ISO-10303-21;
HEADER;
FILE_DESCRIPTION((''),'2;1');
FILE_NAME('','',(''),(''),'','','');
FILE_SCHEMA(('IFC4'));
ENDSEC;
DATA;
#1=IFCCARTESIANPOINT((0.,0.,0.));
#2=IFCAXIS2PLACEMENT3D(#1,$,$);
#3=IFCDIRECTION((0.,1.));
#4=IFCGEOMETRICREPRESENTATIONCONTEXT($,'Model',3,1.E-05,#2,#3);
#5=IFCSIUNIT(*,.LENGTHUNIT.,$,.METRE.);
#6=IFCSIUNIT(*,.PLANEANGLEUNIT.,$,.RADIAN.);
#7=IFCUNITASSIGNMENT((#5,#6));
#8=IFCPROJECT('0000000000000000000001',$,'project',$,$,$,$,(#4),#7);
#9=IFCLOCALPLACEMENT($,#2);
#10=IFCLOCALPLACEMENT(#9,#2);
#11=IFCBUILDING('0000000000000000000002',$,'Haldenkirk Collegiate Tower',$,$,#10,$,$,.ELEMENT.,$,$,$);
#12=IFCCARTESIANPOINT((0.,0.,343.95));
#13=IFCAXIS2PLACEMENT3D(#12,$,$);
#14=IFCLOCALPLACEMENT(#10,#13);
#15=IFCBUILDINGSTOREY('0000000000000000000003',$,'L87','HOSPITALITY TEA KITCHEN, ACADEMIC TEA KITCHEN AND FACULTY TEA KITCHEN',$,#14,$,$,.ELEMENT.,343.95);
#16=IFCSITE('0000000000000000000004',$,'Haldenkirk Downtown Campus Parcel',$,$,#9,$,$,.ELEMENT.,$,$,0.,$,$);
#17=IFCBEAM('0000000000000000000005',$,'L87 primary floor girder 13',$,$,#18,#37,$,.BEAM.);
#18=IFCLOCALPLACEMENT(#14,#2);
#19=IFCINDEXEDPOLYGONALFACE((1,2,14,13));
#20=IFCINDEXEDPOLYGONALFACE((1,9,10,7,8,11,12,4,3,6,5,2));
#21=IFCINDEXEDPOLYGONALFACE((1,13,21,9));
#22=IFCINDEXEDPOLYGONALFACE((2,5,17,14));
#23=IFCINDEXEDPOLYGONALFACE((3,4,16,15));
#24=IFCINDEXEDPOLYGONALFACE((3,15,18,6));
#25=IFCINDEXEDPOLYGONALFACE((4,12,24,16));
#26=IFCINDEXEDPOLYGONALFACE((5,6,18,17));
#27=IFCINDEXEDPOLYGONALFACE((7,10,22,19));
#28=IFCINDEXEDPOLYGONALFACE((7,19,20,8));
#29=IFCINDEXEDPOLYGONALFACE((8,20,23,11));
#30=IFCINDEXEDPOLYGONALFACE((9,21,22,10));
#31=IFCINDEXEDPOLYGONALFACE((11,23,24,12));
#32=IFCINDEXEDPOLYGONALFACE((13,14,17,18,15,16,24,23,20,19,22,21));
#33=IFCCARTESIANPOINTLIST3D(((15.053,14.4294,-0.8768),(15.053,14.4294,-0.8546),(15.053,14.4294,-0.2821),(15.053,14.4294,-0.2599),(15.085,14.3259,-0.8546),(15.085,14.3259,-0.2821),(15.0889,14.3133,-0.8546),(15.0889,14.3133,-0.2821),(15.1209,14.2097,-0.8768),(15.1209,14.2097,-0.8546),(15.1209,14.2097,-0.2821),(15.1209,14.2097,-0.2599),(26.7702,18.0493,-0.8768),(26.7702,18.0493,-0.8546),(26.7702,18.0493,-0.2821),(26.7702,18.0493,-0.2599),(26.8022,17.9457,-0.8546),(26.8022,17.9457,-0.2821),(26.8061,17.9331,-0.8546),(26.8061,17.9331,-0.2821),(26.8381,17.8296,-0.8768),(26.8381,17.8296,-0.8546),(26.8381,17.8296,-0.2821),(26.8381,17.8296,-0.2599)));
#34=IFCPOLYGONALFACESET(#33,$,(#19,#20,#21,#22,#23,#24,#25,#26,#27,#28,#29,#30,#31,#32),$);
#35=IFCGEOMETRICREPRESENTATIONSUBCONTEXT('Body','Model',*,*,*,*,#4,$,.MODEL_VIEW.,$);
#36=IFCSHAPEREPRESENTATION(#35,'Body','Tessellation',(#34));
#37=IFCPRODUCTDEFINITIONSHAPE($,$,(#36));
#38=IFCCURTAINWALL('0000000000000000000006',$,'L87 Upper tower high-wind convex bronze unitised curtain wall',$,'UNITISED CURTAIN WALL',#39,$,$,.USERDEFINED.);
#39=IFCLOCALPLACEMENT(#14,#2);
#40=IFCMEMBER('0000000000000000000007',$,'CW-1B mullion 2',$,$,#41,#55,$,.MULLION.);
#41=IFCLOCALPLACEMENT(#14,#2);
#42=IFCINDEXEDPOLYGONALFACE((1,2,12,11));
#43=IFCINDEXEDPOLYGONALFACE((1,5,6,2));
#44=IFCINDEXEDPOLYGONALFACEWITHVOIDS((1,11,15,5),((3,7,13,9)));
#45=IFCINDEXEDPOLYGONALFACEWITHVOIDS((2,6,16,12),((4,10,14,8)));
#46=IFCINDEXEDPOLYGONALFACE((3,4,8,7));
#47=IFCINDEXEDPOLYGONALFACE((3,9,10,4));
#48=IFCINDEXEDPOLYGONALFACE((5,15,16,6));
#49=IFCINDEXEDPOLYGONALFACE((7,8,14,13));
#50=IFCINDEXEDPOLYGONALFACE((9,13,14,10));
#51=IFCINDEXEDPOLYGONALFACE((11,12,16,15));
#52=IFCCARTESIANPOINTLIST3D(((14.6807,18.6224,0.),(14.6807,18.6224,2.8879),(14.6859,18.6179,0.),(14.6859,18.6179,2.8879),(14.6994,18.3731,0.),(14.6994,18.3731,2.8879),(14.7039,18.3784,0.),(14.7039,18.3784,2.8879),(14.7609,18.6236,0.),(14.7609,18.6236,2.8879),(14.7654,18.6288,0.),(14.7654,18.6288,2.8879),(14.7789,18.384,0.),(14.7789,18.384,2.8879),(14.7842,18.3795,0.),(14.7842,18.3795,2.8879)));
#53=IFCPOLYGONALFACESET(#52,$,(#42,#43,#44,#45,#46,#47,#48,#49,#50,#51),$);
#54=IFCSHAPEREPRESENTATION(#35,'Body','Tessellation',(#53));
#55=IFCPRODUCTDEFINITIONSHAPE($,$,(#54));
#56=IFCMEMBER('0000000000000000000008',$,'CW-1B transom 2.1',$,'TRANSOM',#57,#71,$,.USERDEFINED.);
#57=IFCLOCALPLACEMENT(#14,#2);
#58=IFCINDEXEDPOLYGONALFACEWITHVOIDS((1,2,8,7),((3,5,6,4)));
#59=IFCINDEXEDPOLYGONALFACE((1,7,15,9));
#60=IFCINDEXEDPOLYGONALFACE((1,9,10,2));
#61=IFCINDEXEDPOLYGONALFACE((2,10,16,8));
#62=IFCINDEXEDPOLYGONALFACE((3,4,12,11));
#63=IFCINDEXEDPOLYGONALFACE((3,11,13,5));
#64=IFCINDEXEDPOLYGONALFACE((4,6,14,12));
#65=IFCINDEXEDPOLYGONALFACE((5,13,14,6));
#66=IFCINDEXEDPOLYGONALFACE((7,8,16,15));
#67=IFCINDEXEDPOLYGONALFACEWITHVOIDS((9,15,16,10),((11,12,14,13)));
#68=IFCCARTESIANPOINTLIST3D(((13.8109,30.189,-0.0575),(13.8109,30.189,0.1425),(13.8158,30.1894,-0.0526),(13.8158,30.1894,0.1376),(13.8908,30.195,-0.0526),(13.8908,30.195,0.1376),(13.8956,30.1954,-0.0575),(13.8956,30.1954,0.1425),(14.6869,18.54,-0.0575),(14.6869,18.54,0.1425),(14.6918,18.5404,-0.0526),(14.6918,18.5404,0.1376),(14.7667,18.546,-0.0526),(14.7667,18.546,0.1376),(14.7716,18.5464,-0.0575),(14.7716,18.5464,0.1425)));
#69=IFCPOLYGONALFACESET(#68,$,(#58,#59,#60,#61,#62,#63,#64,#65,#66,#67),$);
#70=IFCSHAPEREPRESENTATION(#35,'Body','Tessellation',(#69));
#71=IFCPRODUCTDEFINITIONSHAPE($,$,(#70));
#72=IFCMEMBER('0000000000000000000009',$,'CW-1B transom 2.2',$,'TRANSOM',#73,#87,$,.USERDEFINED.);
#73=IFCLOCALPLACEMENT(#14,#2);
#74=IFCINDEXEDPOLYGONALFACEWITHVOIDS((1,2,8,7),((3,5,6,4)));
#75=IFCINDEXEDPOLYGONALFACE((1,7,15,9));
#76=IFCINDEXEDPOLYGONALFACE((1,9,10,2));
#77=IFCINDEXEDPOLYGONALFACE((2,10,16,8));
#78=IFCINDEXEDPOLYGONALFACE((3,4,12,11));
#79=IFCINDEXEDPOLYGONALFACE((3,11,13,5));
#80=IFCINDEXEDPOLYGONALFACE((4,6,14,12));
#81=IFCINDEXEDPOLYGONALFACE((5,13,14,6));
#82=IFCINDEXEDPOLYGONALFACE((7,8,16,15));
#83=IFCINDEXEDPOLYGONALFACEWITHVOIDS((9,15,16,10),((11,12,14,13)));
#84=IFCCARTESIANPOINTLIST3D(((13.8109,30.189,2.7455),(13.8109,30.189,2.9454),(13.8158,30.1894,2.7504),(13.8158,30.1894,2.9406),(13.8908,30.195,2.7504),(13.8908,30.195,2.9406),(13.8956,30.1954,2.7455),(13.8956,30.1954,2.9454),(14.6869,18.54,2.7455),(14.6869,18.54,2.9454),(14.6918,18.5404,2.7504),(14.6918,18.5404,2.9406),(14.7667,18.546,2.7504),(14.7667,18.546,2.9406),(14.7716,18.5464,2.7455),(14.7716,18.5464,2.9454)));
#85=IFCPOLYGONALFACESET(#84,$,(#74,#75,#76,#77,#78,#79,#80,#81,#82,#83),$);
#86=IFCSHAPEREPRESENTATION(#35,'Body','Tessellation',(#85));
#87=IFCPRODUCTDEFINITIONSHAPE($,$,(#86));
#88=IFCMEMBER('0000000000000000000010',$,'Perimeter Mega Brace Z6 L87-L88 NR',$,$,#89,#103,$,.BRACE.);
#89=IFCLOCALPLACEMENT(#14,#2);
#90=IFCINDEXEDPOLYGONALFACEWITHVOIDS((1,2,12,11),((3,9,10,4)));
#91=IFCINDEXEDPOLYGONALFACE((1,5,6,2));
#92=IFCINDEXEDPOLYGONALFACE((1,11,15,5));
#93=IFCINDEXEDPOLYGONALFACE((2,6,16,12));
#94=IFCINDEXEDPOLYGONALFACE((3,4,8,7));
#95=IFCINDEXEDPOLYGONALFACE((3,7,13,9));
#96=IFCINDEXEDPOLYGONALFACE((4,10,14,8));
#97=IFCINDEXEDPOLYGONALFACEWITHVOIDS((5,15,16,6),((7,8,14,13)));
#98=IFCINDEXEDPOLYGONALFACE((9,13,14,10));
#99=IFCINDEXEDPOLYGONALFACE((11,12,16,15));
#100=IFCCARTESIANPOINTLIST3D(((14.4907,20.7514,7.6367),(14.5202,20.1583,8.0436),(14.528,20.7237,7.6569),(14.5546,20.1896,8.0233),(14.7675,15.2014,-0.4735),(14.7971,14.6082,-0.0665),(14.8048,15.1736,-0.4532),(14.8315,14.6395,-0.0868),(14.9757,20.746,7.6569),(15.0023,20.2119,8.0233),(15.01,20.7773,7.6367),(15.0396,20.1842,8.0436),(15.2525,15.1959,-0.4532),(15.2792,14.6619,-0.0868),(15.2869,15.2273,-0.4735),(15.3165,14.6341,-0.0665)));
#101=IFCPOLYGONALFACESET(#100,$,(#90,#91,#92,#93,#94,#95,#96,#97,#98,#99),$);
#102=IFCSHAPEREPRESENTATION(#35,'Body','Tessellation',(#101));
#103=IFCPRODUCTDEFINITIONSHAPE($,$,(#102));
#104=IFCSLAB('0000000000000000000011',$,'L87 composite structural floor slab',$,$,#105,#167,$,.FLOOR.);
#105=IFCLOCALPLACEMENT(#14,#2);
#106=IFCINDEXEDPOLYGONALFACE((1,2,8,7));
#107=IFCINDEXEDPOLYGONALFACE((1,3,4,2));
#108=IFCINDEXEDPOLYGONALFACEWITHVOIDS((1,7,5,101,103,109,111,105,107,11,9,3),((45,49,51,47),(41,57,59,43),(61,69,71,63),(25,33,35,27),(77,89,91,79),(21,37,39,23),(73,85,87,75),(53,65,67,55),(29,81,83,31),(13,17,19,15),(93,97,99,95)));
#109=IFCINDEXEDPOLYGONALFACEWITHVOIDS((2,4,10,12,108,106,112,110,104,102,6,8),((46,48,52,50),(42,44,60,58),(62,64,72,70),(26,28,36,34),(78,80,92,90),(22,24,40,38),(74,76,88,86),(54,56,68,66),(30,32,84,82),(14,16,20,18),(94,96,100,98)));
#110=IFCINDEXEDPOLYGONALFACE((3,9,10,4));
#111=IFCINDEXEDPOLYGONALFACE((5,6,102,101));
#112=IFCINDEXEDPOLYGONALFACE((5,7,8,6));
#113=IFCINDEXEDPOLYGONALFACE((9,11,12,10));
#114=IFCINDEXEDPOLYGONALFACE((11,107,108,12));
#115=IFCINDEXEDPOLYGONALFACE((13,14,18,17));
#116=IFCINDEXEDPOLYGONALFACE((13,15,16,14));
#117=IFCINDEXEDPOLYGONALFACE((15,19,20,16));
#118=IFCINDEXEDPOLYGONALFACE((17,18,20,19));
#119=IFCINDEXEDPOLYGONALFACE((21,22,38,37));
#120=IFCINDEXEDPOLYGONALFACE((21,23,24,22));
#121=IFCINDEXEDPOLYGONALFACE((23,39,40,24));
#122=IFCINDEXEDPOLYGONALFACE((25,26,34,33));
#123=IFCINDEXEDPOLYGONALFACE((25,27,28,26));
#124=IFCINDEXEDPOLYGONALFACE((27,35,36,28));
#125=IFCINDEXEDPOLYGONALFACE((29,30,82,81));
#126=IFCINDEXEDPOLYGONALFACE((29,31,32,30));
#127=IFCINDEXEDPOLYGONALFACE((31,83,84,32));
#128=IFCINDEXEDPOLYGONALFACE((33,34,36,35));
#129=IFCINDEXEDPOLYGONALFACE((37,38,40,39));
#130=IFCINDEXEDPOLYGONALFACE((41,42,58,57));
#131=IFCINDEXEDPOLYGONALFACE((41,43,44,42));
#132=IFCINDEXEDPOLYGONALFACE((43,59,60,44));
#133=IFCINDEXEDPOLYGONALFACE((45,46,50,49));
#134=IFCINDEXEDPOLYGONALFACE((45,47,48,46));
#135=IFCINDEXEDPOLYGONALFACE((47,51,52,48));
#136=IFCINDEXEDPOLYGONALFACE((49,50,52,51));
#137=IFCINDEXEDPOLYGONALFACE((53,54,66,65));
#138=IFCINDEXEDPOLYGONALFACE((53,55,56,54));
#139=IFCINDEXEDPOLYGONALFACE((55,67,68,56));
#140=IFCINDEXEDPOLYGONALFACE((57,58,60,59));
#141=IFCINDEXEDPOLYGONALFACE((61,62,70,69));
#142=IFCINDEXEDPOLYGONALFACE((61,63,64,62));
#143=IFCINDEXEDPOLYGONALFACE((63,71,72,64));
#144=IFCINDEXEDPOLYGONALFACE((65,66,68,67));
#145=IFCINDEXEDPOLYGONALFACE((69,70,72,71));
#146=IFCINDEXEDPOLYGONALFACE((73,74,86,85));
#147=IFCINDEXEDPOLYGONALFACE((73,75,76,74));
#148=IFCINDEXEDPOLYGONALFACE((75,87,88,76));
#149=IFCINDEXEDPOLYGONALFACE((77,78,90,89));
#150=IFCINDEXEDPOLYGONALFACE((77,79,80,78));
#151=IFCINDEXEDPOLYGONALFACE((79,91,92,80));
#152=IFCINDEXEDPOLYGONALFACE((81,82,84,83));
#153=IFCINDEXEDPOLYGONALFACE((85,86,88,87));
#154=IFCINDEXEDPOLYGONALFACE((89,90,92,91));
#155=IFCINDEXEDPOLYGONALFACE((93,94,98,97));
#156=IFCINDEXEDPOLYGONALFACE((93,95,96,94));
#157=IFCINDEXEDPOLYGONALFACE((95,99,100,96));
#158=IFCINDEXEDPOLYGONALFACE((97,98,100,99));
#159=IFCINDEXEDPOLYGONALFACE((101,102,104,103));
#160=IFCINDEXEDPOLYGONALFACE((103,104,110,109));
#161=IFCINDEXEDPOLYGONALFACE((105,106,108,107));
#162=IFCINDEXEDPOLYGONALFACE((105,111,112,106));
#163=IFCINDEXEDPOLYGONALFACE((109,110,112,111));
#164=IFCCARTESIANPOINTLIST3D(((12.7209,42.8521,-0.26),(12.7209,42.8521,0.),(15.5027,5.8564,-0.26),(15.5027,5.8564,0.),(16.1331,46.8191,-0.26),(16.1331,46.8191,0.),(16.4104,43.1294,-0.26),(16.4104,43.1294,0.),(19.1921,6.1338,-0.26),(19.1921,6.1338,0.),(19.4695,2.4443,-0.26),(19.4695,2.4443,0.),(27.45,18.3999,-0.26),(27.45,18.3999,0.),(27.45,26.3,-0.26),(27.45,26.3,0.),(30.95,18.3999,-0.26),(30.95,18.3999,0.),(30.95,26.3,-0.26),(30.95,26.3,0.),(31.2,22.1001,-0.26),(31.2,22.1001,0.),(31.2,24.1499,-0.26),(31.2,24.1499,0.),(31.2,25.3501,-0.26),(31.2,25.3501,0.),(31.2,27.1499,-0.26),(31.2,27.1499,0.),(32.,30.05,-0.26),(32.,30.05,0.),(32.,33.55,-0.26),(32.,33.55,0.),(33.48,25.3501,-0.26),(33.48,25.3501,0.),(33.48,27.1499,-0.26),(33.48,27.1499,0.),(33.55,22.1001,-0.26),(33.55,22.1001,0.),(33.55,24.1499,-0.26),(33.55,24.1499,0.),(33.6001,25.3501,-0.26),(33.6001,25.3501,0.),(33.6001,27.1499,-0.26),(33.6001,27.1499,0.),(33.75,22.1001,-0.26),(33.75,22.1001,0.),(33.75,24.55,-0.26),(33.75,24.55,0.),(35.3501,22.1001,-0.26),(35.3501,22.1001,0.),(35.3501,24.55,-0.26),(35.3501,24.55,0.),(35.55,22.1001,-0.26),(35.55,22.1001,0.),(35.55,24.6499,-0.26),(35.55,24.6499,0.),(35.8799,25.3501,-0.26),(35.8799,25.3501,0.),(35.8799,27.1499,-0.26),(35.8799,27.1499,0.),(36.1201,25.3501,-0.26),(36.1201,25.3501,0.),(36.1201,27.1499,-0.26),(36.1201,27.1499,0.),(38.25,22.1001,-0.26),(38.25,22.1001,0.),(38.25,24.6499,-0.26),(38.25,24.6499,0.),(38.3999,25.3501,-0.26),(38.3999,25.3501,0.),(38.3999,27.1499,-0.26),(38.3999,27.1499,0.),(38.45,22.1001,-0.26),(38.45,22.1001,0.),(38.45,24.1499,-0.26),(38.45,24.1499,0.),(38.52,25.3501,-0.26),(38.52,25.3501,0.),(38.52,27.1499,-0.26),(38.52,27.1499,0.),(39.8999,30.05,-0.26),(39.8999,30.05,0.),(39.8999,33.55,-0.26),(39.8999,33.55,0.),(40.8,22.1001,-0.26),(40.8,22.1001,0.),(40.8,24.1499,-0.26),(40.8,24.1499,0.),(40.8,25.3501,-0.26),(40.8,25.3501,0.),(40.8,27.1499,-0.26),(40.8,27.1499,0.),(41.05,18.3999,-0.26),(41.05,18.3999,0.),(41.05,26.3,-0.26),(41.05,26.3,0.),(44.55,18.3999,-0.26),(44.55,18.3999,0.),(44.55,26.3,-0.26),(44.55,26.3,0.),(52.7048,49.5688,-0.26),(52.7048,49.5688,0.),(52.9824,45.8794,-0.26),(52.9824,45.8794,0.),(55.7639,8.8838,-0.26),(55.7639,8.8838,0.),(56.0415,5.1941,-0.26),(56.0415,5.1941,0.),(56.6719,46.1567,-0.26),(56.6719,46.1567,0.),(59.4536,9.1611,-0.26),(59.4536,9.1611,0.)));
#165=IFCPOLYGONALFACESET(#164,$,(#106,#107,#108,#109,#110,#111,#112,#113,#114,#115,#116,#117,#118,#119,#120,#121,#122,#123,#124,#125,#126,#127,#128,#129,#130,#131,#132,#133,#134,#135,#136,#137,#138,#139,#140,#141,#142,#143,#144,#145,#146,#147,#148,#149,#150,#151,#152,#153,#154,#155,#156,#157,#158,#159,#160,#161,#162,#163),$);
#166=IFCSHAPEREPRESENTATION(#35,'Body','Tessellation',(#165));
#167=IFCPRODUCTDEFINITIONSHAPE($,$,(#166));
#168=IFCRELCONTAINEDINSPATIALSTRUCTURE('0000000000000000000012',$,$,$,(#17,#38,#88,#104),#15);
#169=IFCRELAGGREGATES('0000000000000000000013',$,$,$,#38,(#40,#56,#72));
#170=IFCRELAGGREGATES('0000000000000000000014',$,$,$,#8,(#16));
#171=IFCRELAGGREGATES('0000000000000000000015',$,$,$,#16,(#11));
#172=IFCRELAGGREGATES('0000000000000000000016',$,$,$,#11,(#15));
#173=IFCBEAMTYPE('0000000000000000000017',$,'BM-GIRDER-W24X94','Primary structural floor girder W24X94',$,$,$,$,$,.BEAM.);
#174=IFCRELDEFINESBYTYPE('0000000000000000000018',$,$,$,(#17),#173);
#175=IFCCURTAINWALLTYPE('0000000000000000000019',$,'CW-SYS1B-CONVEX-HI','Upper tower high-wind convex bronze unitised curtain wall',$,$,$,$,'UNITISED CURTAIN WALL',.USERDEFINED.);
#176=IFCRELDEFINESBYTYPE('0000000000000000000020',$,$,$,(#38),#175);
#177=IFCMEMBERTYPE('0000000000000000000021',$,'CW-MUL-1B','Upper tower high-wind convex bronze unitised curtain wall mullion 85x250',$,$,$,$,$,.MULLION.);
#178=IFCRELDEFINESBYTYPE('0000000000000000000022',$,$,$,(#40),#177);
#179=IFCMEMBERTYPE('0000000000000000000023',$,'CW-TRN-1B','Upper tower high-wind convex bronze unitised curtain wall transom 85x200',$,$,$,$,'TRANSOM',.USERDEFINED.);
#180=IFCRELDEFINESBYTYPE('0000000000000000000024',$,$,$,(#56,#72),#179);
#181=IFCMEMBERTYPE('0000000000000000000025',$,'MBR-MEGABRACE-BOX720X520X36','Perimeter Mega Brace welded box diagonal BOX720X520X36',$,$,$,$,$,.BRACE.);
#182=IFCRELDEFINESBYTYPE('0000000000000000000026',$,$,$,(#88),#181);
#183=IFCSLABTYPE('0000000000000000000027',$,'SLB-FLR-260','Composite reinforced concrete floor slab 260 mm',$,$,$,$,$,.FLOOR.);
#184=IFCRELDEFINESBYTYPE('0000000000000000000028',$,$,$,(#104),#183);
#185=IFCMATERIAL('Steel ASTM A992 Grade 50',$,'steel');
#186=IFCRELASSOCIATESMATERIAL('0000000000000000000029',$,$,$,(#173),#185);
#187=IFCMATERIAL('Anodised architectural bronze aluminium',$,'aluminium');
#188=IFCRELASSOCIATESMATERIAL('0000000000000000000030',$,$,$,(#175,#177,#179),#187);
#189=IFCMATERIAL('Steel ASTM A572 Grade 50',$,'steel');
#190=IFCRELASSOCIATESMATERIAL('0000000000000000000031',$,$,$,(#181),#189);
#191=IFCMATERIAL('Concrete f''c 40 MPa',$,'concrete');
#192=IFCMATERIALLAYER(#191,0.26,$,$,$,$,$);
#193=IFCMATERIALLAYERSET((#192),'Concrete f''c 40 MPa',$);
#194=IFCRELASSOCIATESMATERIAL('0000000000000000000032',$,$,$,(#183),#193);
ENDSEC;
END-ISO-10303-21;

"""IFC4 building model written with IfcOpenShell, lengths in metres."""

from ifc_helpers import new_model, si_unit, direction, frame, origin, origin_2d, place, context, subcontext, project, spatial, polyline, hollow_rectangle, i_section, outline, extrude, material, layer, layer_set, material_profile, profile_set, type_object, element, aggregate, save


model = new_model("IFC4")

# Units and contexts
model_context = context("Model", 3, precision=1e-05, world=origin(), true_north=direction((0.0, 1.0)))
body_context = subcontext(model_context, "Body", "Model", "MODEL_VIEW")
ifc_project = project(units=[si_unit("LENGTHUNIT", "METRE"), si_unit("PLANEANGLEUNIT", "RADIAN")], contexts=[model_context])

# Site, building, storey
site_placement = place(None, origin())
site = spatial("IfcSite", under=ifc_project, at=site_placement, Name="Haldenkirk Downtown Campus Parcel", CompositionType="ELEMENT", RefElevation=0.0)
building_placement = place(site_placement, origin())
building = spatial("IfcBuilding", under=site, at=building_placement, Name="Haldenkirk Collegiate Tower", CompositionType="ELEMENT")
storey_placement = place(building_placement, frame((0.0, 0.0, 343.95)))
storey = spatial("IfcBuildingStorey", under=building, at=storey_placement, Name="L87", Description="HOSPITALITY TEA KITCHEN, ACADEMIC TEA KITCHEN AND FACULTY TEA KITCHEN", CompositionType="ELEMENT", Elevation=343.95)

# Beam
ifc_material_1 = material(Name="Steel ASTM A992 Grade 50", Category="steel")
ifc_material_profile_1 = material_profile(ifc_material_1, i_section(OverallWidth=0.23, OverallDepth=0.6169, WebThickness=0.0132, FlangeThickness=0.0222, at=origin_2d()), Name="W24X94")
ifc_profile_set_1 = profile_set([ifc_material_profile_1], Name="Steel ASTM A992 Grade 50")
beam_type = type_object("IfcBeamType", Name="BM-GIRDER-W24X94", Description="Primary structural floor girder W24X94", PredefinedType="BEAM", material=ifc_profile_set_1)
beam_placement = place(storey_placement, frame((15.0869, 14.3196, -0.5684), z_axis=(0.955445, 0.29517, 0.0), x_axis=(-0.29517, 0.955445, 0.0)))
element("IfcBeam", 1, at=beam_placement, inside=storey, type_object=beam_type, Name="L87 primary floor girder 13", PredefinedType="BEAM", context=body_context, shape_type="SweptSolid", body=[
    extrude(i_section(OverallWidth=0.23, OverallDepth=0.6169, WebThickness=0.0132, FlangeThickness=0.0222, at=origin_2d()), origin(), (0.0, 0.0, 1.0), 12.2637),
])

# Curtain wall, members
ifc_material_2 = material(Name="Anodised architectural bronze aluminium", Category="aluminium")
curtain_wall_type = type_object("IfcCurtainWallType", Name="CW-SYS1B-CONVEX-HI", Description="Upper tower high-wind convex bronze unitised curtain wall", ElementType="UNITISED CURTAIN WALL", PredefinedType="USERDEFINED", material=ifc_material_2)
curtain_wall_placement = place(storey_placement, origin())
curtain_wall = element("IfcCurtainWall", 2, at=curtain_wall_placement, inside=storey, type_object=curtain_wall_type, Name="L87 Upper tower high-wind convex bronze unitised curtain wall", ObjectType="UNITISED CURTAIN WALL", PredefinedType="USERDEFINED")
ifc_material_profile_2 = material_profile(ifc_material_2, hollow_rectangle(XDim=0.085, YDim=0.25, WallThickness=0.0049, at=origin_2d()), Name="CW-MUL-1B")
ifc_profile_set_2 = profile_set([ifc_material_profile_2], Name="Anodised architectural bronze aluminium")
member_type_1 = type_object("IfcMemberType", Name="CW-MUL-1B", Description="Upper tower high-wind convex bronze unitised curtain wall mullion 85x250", PredefinedType="MULLION", material=ifc_profile_set_2)
member_1_placement = place(storey_placement, frame((14.7324, 18.501, 0.0), z_axis=(0.0, 0.0, 1.0), x_axis=(-0.997185, -0.074977, 0.0)))
member_1 = element("IfcMember", 3, at=member_1_placement, type_object=member_type_1, Name="CW-1B mullion 2", PredefinedType="MULLION", context=body_context, shape_type="SweptSolid", body=[
    extrude(hollow_rectangle(XDim=0.085, YDim=0.25, WallThickness=0.0049, at=origin_2d()), origin(), (0.0, 0.0, 1.0), 2.8879),
])
ifc_material_profile_3 = material_profile(ifc_material_2, hollow_rectangle(XDim=0.085, YDim=0.2, WallThickness=0.0049, at=origin_2d()), Name="CW-TRN-1B")
ifc_profile_set_3 = profile_set([ifc_material_profile_3], Name="Anodised architectural bronze aluminium")
member_type_2 = type_object("IfcMemberType", Name="CW-TRN-1B", Description="Upper tower high-wind convex bronze unitised curtain wall transom 85x200", ElementType="TRANSOM", PredefinedType="USERDEFINED", material=ifc_profile_set_3)
member_2_placement = place(storey_placement, frame((14.7292, 18.5432, 0.0425), z_axis=(-0.074986, 0.997185, 0.0), x_axis=(-0.997185, -0.074986, 0.0)))
member_2 = element("IfcMember", 4, at=member_2_placement, type_object=member_type_2, Name="CW-1B transom 2.1", ObjectType="TRANSOM", PredefinedType="USERDEFINED", context=body_context, shape_type="SweptSolid", body=[
    extrude(hollow_rectangle(XDim=0.085, YDim=0.2, WallThickness=0.0049, at=origin_2d()), origin(), (0.0, 0.0, 1.0), 11.6819),
])
member_3_placement = place(storey_placement, frame((14.7292, 18.5432, 2.8455), z_axis=(-0.074986, 0.997185, 0.0), x_axis=(-0.997185, -0.074986, 0.0)))
member_3 = element("IfcMember", 5, at=member_3_placement, type_object=member_type_2, Name="CW-1B transom 2.2", ObjectType="TRANSOM", PredefinedType="USERDEFINED", context=body_context, shape_type="SweptSolid", body=[
    extrude(hollow_rectangle(XDim=0.085, YDim=0.2, WallThickness=0.0049, at=origin_2d()), origin(), (0.0, 0.0, 1.0), 11.6819),
])

# Member
ifc_material_3 = material(Name="Steel ASTM A572 Grade 50", Category="steel")
ifc_material_profile_4 = material_profile(ifc_material_3, hollow_rectangle(XDim=0.52, YDim=0.72, WallThickness=0.0359, at=origin_2d()), Name="BOX720X520X36")
ifc_profile_set_4 = profile_set([ifc_material_profile_4], Name="Steel ASTM A572 Grade 50")
member_type_3 = type_object("IfcMemberType", Name="MBR-MEGABRACE-BOX720X520X36", Description="Perimeter Mega Brace welded box diagonal BOX720X520X36", PredefinedType="BRACE", material=ifc_profile_set_4)
member_4_placement = place(storey_placement, frame((15.042, 14.9177, -0.27), z_axis=(-0.028161, 0.564531, 0.824931), x_axis=(-0.998758, -0.049821, 0.0)))
element("IfcMember", 6, at=member_4_placement, inside=storey, type_object=member_type_3, Name="Perimeter Mega Brace Z6 L87-L88 NR", PredefinedType="BRACE", context=body_context, shape_type="SweptSolid", body=[
    extrude(hollow_rectangle(XDim=0.52, YDim=0.72, WallThickness=0.0359, at=origin_2d()), origin(), (0.0, 0.0, 1.0), 9.8313),
])

# Slab
ifc_material_4 = material(Name="Concrete f'c 40 MPa", Category="concrete")
ifc_layer_1 = layer(ifc_material_4, 0.26)
ifc_layer_set_1 = layer_set([ifc_layer_1], Name="Concrete f'c 40 MPa")
slab_type_1 = type_object("IfcSlabType", Name="SLB-FLR-260", Description="Composite reinforced concrete floor slab 260 mm", PredefinedType="FLOOR", material=ifc_layer_set_1)
slab_1_placement = place(storey_placement, frame((0.0, 0.0, -0.26)))
element("IfcSlab", 7, at=slab_1_placement, inside=storey, type_object=slab_type_1, Name="L87 composite structural floor slab", PredefinedType="FLOOR", context=body_context, shape_type="SweptSolid", body=[
    extrude(outline(polyline([(59.4536, 9.1611), (56.6719, 46.1567), (52.9824, 45.8794), (52.7048, 49.5688), (16.1331, 46.8191), (16.4104, 43.1294), (12.7209, 42.8521), (15.5027, 5.8564), (19.1921, 6.1338), (19.4695, 2.4443), (56.0415, 5.1941), (55.7639, 8.8838), (59.4536, 9.1611)]), holes=[polyline([(27.45, 18.3999), (30.95, 18.3999), (30.95, 26.3), (27.45, 26.3), (27.45, 18.3999)]), polyline([(41.05, 18.3999), (44.55, 18.3999), (44.55, 26.3), (41.05, 26.3), (41.05, 18.3999)]), polyline([(32.0, 30.05), (39.8999, 30.05), (39.8999, 33.55), (32.0, 33.55), (32.0, 30.05)]), polyline([(33.75, 22.1001), (35.3501, 22.1001), (35.3501, 24.55), (33.75, 24.55), (33.75, 22.1001)]), polyline([(31.2, 25.3501), (33.48, 25.3501), (33.48, 27.1499), (31.2, 27.1499), (31.2, 25.3501)]), polyline([(33.6001, 25.3501), (35.8799, 25.3501), (35.8799, 27.1499), (33.6001, 27.1499), (33.6001, 25.3501)]), polyline([(36.1201, 25.3501), (38.3999, 25.3501), (38.3999, 27.1499), (36.1201, 27.1499), (36.1201, 25.3501)]), polyline([(38.52, 25.3501), (40.8, 25.3501), (40.8, 27.1499), (38.52, 27.1499), (38.52, 25.3501)]), polyline([(31.2, 22.1001), (33.55, 22.1001), (33.55, 24.1499), (31.2, 24.1499), (31.2, 22.1001)]), polyline([(38.45, 22.1001), (40.8, 22.1001), (40.8, 24.1499), (38.45, 24.1499), (38.45, 22.1001)]), polyline([(35.55, 22.1001), (38.25, 22.1001), (38.25, 24.6499), (35.55, 24.6499), (35.55, 22.1001)])]), origin(), (0.0, 0.0, 1.0), 0.26),
])

aggregate(curtain_wall, [member_1, member_2, member_3])

save(model, "model.ifc")
